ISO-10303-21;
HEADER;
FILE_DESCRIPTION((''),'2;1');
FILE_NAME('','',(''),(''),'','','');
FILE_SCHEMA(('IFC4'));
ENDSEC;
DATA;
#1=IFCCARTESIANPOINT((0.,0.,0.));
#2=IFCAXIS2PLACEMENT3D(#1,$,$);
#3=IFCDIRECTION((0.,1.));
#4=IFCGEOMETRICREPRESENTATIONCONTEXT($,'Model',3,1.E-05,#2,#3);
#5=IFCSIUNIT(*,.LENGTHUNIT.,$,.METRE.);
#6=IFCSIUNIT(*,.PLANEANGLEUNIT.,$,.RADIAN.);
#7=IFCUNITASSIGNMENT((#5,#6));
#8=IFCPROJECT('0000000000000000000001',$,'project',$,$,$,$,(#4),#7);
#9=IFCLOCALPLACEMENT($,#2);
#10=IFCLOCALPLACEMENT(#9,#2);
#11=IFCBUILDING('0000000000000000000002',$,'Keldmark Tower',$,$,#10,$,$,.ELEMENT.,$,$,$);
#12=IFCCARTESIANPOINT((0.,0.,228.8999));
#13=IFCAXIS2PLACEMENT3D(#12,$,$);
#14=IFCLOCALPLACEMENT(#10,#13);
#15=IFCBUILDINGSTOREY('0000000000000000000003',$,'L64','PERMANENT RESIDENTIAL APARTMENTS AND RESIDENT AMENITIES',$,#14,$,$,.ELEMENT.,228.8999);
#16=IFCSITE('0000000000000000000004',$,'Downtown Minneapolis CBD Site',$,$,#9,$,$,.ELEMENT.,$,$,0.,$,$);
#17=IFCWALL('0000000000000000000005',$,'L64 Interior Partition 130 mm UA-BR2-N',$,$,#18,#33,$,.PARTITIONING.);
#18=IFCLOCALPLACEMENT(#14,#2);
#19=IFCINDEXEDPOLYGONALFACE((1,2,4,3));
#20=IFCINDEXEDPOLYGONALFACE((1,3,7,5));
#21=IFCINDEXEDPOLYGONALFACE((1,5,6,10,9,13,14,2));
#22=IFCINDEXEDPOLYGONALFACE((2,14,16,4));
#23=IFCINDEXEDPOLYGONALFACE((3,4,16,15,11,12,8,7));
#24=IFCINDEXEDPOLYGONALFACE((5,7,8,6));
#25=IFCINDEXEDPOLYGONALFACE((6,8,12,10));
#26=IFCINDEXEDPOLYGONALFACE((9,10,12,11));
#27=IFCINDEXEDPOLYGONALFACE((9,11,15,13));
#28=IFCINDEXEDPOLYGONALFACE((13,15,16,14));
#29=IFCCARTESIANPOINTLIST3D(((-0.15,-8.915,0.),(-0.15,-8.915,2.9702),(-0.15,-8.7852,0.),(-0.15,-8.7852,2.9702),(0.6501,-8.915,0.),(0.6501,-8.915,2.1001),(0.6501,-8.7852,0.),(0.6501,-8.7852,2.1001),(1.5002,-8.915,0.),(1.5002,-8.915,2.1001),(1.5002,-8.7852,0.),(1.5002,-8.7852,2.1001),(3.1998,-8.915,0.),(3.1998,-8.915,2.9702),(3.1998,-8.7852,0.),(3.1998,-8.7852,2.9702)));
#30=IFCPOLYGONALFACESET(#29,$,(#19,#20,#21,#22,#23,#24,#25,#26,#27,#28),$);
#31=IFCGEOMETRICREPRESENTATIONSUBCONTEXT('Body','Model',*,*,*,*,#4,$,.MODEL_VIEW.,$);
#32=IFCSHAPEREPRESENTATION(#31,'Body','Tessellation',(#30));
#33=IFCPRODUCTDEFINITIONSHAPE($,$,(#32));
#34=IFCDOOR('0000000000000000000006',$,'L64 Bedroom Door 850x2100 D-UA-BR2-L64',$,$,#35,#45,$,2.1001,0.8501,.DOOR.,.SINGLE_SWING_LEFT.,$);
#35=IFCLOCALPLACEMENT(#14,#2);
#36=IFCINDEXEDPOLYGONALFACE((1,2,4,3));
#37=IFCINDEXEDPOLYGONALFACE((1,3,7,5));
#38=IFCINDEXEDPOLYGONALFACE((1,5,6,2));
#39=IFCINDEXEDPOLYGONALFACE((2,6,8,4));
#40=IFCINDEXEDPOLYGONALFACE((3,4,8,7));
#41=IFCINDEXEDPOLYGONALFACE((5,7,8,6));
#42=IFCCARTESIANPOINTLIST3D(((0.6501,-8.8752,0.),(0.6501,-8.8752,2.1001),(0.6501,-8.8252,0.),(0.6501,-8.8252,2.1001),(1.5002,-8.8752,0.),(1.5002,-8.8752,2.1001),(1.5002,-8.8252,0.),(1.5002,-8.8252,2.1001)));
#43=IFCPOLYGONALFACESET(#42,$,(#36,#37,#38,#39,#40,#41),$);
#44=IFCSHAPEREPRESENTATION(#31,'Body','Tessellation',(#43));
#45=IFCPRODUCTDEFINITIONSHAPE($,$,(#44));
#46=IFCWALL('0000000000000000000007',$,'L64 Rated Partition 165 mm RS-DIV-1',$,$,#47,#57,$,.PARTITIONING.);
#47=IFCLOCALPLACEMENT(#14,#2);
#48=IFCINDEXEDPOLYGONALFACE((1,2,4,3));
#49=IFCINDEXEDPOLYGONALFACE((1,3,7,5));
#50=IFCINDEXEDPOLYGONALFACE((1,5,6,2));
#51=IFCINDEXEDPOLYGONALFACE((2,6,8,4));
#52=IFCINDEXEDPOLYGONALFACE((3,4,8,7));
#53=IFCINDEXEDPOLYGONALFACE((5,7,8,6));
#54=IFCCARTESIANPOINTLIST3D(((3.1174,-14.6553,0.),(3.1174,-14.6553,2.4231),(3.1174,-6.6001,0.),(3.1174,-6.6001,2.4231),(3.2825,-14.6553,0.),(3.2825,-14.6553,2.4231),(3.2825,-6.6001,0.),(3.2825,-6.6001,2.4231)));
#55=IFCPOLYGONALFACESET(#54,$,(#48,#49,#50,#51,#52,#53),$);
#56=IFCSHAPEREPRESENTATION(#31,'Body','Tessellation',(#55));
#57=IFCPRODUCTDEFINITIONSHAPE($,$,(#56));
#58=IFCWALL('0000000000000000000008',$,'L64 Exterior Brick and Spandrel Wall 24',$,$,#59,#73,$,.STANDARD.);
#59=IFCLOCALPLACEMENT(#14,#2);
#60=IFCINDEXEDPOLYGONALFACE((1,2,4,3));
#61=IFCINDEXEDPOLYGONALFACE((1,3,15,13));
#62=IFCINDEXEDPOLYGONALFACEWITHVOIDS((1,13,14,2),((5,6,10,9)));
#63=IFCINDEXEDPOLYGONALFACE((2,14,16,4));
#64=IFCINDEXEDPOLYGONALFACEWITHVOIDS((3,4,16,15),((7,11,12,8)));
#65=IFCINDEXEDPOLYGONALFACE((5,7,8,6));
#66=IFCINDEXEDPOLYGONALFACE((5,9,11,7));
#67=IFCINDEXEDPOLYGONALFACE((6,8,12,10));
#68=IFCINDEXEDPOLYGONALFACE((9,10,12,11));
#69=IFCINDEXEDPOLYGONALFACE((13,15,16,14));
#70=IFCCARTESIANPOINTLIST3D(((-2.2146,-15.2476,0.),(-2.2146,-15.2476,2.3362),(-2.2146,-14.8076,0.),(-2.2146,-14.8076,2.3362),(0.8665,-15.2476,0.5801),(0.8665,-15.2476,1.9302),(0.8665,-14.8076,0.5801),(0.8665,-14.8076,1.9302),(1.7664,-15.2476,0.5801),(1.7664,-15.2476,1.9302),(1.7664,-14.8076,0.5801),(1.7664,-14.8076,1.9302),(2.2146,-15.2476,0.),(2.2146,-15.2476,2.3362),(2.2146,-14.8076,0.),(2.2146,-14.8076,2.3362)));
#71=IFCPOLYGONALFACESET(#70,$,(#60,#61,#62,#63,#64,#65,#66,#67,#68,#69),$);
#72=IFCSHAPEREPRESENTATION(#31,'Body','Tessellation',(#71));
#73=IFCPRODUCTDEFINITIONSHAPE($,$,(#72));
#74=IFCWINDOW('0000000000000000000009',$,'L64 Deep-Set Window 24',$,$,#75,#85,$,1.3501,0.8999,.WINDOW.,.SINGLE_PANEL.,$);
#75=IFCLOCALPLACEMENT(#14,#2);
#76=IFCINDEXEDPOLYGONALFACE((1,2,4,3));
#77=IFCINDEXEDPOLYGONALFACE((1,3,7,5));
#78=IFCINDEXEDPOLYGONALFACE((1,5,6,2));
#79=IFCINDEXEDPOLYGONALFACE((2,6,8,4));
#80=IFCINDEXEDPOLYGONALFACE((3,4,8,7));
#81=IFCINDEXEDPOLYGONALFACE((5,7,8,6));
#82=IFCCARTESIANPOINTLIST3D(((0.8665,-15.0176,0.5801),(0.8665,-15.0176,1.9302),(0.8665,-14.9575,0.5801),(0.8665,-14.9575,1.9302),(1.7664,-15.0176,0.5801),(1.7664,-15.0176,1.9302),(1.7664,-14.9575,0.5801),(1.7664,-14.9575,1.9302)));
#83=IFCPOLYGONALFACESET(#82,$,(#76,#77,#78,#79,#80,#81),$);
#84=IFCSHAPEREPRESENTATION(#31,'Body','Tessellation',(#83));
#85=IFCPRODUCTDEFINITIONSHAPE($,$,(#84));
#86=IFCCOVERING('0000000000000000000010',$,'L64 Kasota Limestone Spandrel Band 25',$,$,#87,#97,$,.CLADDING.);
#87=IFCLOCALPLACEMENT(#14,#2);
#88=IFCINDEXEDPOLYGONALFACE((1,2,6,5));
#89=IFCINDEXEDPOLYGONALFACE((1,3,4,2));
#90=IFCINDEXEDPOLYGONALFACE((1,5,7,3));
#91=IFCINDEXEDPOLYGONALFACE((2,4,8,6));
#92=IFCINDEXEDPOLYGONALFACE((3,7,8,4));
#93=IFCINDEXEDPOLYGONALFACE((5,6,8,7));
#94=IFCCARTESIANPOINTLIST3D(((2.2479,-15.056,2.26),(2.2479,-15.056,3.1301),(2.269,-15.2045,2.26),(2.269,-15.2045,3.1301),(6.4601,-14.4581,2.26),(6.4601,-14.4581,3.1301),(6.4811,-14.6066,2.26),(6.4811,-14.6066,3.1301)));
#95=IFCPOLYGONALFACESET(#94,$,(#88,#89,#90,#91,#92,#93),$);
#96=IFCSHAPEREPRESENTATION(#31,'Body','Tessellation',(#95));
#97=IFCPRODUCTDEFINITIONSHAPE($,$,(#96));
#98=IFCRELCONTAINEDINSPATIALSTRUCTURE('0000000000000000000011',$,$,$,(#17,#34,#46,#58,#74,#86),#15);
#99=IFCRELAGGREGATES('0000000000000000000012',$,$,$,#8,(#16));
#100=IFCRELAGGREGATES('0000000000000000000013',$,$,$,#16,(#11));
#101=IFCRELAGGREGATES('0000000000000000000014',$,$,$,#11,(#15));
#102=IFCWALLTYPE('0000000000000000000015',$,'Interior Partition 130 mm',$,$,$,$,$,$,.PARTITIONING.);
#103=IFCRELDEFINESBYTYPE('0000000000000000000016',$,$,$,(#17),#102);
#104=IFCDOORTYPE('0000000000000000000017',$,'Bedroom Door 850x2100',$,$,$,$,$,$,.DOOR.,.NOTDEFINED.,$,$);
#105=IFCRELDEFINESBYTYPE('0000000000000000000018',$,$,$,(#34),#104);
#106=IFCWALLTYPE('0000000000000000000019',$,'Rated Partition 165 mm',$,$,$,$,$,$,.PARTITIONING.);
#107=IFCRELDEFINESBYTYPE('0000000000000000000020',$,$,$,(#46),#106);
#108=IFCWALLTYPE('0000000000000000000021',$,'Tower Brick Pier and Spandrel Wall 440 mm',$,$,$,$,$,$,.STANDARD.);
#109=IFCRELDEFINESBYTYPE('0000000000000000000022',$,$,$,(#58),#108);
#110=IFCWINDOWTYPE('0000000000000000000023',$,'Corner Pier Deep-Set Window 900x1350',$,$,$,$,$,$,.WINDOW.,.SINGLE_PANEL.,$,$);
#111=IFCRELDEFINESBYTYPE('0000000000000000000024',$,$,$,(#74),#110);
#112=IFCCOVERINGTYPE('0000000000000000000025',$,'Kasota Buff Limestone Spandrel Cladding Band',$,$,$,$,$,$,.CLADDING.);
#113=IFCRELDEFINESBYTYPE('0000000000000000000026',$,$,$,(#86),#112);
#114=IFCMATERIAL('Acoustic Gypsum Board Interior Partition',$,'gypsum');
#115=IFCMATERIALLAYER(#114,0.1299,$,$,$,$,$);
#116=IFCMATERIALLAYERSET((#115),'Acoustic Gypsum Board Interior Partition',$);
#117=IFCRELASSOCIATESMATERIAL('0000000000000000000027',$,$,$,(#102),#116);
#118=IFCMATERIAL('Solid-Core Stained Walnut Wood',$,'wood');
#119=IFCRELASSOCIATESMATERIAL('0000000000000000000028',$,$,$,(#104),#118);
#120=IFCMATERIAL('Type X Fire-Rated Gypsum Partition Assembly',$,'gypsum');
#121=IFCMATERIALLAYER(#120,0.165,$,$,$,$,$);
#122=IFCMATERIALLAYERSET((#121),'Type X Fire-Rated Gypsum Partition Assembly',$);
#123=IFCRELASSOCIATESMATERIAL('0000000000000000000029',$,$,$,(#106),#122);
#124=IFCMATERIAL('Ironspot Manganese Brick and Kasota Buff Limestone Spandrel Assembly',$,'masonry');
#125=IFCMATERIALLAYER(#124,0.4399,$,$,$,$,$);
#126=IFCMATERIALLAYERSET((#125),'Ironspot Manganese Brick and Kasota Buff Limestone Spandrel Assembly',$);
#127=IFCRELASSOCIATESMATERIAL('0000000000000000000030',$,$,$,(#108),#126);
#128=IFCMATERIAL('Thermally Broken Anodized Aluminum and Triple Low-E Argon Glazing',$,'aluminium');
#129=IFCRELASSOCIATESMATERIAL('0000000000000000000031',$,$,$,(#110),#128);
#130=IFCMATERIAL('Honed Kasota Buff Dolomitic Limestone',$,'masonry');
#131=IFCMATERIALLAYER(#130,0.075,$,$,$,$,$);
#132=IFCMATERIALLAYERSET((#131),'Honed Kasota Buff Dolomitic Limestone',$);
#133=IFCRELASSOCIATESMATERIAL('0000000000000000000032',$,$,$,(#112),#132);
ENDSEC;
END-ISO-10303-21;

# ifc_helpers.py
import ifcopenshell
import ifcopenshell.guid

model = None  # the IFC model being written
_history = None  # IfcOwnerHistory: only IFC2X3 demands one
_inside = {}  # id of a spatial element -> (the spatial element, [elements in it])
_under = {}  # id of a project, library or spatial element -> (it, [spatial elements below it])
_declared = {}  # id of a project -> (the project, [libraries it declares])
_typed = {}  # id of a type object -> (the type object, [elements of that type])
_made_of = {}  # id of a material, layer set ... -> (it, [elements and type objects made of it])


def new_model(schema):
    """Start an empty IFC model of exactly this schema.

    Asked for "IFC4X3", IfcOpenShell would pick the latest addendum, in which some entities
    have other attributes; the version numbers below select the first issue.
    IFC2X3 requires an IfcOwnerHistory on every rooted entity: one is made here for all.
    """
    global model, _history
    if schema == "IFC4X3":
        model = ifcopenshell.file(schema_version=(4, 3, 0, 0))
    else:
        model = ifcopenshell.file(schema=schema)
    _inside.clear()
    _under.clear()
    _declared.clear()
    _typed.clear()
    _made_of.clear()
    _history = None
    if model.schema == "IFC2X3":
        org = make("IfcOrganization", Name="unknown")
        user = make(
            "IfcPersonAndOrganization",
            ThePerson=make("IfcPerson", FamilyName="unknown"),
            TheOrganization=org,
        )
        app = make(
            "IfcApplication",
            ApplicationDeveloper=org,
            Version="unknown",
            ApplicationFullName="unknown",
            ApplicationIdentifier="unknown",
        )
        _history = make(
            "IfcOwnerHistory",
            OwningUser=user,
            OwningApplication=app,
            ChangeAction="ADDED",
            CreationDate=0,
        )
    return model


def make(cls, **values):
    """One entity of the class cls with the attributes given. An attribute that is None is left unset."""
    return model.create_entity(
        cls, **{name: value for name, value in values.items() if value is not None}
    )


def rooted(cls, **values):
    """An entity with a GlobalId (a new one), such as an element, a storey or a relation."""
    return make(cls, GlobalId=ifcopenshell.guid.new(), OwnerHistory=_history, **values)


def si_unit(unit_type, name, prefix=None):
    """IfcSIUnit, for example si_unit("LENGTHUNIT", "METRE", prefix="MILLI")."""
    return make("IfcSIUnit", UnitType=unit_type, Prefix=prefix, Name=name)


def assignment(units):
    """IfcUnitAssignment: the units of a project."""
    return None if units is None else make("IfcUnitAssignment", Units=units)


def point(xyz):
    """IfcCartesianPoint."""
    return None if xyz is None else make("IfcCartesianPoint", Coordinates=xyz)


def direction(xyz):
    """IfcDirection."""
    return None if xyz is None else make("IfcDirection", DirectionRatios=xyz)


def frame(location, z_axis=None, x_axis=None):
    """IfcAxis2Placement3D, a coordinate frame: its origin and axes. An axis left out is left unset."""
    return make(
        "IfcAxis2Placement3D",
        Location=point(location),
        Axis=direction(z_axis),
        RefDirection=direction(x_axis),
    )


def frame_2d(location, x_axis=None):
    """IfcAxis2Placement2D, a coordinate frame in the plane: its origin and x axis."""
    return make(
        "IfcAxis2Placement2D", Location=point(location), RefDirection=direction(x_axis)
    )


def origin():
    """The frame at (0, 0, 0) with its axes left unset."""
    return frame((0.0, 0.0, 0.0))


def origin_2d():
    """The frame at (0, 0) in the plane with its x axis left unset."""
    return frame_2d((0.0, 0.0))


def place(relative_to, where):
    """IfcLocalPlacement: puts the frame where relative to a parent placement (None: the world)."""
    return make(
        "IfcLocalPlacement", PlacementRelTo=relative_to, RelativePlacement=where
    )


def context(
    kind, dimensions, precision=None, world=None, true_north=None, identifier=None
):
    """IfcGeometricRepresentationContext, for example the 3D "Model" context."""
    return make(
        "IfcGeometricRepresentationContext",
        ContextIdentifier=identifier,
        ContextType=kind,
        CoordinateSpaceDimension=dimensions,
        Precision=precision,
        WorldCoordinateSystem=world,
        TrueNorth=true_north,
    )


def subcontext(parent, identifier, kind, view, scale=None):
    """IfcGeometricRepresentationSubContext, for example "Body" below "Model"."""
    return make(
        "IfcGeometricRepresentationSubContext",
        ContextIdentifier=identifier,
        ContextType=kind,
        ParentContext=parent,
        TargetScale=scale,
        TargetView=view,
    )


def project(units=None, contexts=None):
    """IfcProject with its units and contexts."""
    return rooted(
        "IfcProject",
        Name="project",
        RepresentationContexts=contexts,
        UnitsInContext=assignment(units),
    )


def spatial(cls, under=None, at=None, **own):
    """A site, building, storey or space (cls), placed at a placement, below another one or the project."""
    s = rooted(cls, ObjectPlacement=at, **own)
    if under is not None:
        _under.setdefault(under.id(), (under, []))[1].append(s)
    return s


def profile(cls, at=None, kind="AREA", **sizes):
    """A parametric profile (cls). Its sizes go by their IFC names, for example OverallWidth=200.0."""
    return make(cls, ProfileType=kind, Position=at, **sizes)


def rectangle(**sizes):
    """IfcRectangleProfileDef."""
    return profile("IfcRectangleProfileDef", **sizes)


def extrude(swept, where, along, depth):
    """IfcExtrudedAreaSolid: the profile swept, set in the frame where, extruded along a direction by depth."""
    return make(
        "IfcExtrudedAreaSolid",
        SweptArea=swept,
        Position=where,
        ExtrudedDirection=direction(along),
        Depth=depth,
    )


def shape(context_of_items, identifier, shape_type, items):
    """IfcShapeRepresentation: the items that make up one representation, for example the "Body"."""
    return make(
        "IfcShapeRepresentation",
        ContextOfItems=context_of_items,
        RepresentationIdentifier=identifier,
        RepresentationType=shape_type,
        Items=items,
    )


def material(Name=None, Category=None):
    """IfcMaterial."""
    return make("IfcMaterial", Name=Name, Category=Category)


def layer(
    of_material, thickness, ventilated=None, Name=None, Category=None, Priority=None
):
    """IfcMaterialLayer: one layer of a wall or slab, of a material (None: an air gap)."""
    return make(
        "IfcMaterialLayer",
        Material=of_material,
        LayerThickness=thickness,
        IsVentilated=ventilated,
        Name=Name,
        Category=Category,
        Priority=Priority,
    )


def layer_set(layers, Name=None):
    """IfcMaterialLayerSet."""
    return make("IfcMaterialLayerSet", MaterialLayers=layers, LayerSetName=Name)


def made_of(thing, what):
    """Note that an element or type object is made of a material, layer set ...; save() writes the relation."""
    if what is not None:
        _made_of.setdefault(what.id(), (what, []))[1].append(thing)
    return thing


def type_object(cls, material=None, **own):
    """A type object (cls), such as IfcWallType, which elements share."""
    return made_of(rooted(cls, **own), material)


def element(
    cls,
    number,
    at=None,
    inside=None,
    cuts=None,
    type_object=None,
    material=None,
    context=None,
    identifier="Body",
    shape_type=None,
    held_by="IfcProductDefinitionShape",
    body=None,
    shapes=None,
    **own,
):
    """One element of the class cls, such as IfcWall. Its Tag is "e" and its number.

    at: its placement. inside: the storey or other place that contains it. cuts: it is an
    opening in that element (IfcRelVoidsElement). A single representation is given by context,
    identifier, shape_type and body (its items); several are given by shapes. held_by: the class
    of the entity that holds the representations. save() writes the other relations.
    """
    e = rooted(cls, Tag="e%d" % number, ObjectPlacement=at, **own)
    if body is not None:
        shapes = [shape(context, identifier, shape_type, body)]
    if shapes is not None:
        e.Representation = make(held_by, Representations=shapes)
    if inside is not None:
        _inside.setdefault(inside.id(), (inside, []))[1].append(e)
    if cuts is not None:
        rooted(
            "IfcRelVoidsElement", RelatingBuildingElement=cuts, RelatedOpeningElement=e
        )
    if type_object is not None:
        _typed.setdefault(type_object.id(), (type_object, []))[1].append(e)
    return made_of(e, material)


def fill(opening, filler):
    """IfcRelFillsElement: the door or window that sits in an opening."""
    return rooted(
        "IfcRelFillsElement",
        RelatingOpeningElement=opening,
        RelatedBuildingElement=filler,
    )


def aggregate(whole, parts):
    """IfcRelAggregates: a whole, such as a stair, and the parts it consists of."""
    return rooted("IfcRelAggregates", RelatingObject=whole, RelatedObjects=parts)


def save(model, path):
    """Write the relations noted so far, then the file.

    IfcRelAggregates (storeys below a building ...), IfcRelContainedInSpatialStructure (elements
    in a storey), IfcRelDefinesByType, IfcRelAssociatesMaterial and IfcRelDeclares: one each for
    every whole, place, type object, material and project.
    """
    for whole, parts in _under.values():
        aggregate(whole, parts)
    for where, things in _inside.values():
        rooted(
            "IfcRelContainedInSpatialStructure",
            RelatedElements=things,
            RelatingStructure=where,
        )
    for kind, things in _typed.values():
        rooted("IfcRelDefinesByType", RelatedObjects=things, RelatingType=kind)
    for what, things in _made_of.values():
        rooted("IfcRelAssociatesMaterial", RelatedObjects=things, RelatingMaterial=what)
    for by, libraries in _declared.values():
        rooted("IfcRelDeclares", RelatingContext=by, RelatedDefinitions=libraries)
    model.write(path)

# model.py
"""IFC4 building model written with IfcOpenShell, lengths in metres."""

from ifc_helpers import new_model, si_unit, direction, frame, frame_2d, origin, origin_2d, place, context, subcontext, project, spatial, rectangle, extrude, material, layer, layer_set, type_object, element, fill, save


model = new_model("IFC4")

# Units and contexts
model_context = context("Model", 3, precision=1e-05, world=origin(), true_north=direction((0.0, 1.0)))
body_context = subcontext(model_context, "Body", "Model", "MODEL_VIEW")
ifc_project = project(units=[si_unit("LENGTHUNIT", "METRE"), si_unit("PLANEANGLEUNIT", "RADIAN")], contexts=[model_context])

# Site, building, storey
site_placement = place(None, origin())
site = spatial("IfcSite", under=ifc_project, at=site_placement, Name="Downtown Minneapolis CBD Site", CompositionType="ELEMENT", RefElevation=0.0)
building_placement = place(site_placement, origin())
building = spatial("IfcBuilding", under=site, at=building_placement, Name="Keldmark Tower", CompositionType="ELEMENT")
storey_placement = place(building_placement, frame((0.0, 0.0, 228.8999)))
storey = spatial("IfcBuildingStorey", under=building, at=storey_placement, Name="L64", Description="PERMANENT RESIDENTIAL APARTMENTS AND RESIDENT AMENITIES", CompositionType="ELEMENT", Elevation=228.8999)

# Shared definitions
ifc_material_1 = material(Name="Acoustic Gypsum Board Interior Partition", Category="gypsum")
ifc_layer_1 = layer(ifc_material_1, 0.1299)
ifc_layer_set_1 = layer_set([ifc_layer_1], Name="Acoustic Gypsum Board Interior Partition")
wall_type_1 = type_object("IfcWallType", Name="Interior Partition 130 mm", PredefinedType="PARTITIONING", material=ifc_layer_set_1)

# Wall, opening, door
wall_1_placement = place(storey_placement, frame((-0.1499, -8.8501, 0.0), z_axis=(0.0, 0.0, 1.0), x_axis=(1.0, 0.0, 0.0)))
wall_1 = element("IfcWall", 1, at=wall_1_placement, inside=storey, type_object=wall_type_1, Name="L64 Interior Partition 130 mm UA-BR2-N", PredefinedType="PARTITIONING", context=body_context, shape_type="SweptSolid", body=[
    extrude(rectangle(XDim=3.3499, YDim=0.1299, at=frame_2d((1.6748, 0.0))), origin(), (0.0, 0.0, 1.0), 2.9702),
])
opening_1_placement = place(wall_1_placement, frame((0.8, 0.0, 0.0)))
opening_1 = element("IfcOpeningElement", 2, at=opening_1_placement, cuts=wall_1, PredefinedType="OPENING", context=body_context, shape_type="SweptSolid", body=[
    extrude(rectangle(XDim=0.8501, YDim=2.1001, at=frame_2d((0.425, 1.05))), frame((0.0, 0.075, 0.0), z_axis=(0.0, -1.0, 0.0), x_axis=(1.0, 0.0, 0.0)), (0.0, 0.0, 1.0), 0.1499),
])
ifc_material_2 = material(Name="Solid-Core Stained Walnut Wood", Category="wood")
door_type = type_object("IfcDoorType", Name="Bedroom Door 850x2100", OperationType="NOTDEFINED", PredefinedType="DOOR", material=ifc_material_2)
door_placement = place(opening_1_placement, origin())
door = element("IfcDoor", 3, at=door_placement, inside=storey, type_object=door_type, Name="L64 Bedroom Door 850x2100 D-UA-BR2-L64", OperationType="SINGLE_SWING_LEFT", OverallHeight=2.1001, OverallWidth=0.8501, PredefinedType="DOOR", context=body_context, shape_type="SweptSolid", body=[
    extrude(rectangle(XDim=0.8501, YDim=2.1001, at=frame_2d((0.425, 1.05))), frame((0.0, 0.0249, 0.0), z_axis=(0.0, -1.0, 0.0), x_axis=(1.0, 0.0, 0.0)), (0.0, 0.0, 1.0), 0.05),
])
fill(opening_1, door)

# Wall
ifc_material_3 = material(Name="Type X Fire-Rated Gypsum Partition Assembly", Category="gypsum")
ifc_layer_2 = layer(ifc_material_3, 0.165)
ifc_layer_set_2 = layer_set([ifc_layer_2], Name="Type X Fire-Rated Gypsum Partition Assembly")
wall_type_2 = type_object("IfcWallType", Name="Rated Partition 165 mm", PredefinedType="PARTITIONING", material=ifc_layer_set_2)
wall_2_placement = place(storey_placement, frame((3.2, -14.6553, 0.0), z_axis=(0.0, 0.0, 1.0), x_axis=(0.0, 1.0, 0.0)))
element("IfcWall", 4, at=wall_2_placement, inside=storey, type_object=wall_type_2, Name="L64 Rated Partition 165 mm RS-DIV-1", PredefinedType="PARTITIONING", context=body_context, shape_type="SweptSolid", body=[
    extrude(rectangle(XDim=8.0552, YDim=0.165, at=frame_2d((4.0276, 0.0))), origin(), (0.0, 0.0, 1.0), 2.4231),
])

# Wall, opening, window
ifc_material_4 = material(Name="Ironspot Manganese Brick and Kasota Buff Limestone Spandrel Assembly", Category="masonry")
ifc_layer_3 = layer(ifc_material_4, 0.4399)
ifc_layer_set_3 = layer_set([ifc_layer_3], Name="Ironspot Manganese Brick and Kasota Buff Limestone Spandrel Assembly")
wall_type_3 = type_object("IfcWallType", Name="Tower Brick Pier and Spandrel Wall 440 mm", PredefinedType="STANDARD", material=ifc_layer_set_3)
wall_3_placement = place(storey_placement, frame((2.2146, -15.0276, 0.0), z_axis=(0.0, 0.0, 1.0), x_axis=(-1.0, 0.0, 0.0)))
wall_3 = element("IfcWall", 5, at=wall_3_placement, inside=storey, type_object=wall_type_3, Name="L64 Exterior Brick and Spandrel Wall 24", PredefinedType="STANDARD", context=body_context, shape_type="SweptSolid", body=[
    extrude(rectangle(XDim=4.4292, YDim=0.4399, at=frame_2d((2.2146, 0.0))), origin(), (0.0, 0.0, 1.0), 2.3362),
])
opening_2_placement = place(wall_3_placement, frame((0.4482, 0.0, 0.5801)))
opening_2 = element("IfcOpeningElement", 6, at=opening_2_placement, cuts=wall_3, PredefinedType="OPENING", context=body_context, shape_type="SweptSolid", body=[
    extrude(rectangle(XDim=0.8999, YDim=1.3501, at=frame_2d((0.45, 0.675))), frame((0.0, 0.23, 0.0), z_axis=(0.0, -1.0, 0.0), x_axis=(1.0, 0.0, 0.0)), (0.0, 0.0, 1.0), 0.46),
])
ifc_material_5 = material(Name="Thermally Broken Anodized Aluminum and Triple Low-E Argon Glazing", Category="aluminium")
window_type = type_object("IfcWindowType", Name="Corner Pier Deep-Set Window 900x1350", PartitioningType="SINGLE_PANEL", PredefinedType="WINDOW", material=ifc_material_5)
window_placement = place(opening_2_placement, origin())
window = element("IfcWindow", 7, at=window_placement, inside=storey, type_object=window_type, Name="L64 Deep-Set Window 24", OverallHeight=1.3501, OverallWidth=0.8999, PartitioningType="SINGLE_PANEL", PredefinedType="WINDOW", context=body_context, shape_type="SweptSolid", body=[
    extrude(rectangle(XDim=0.8999, YDim=1.3501, at=frame_2d((0.45, 0.675))), frame((0.0, -0.01, 0.0), z_axis=(0.0, -1.0, 0.0), x_axis=(1.0, 0.0, 0.0)), (0.0, 0.0, 1.0), 0.0601),
])
fill(opening_2, window)

# Covering
ifc_material_6 = material(Name="Honed Kasota Buff Dolomitic Limestone", Category="masonry")
ifc_layer_4 = layer(ifc_material_6, 0.075)
ifc_layer_set_4 = layer_set([ifc_layer_4], Name="Honed Kasota Buff Dolomitic Limestone")
covering_type = type_object("IfcCoveringType", Name="Kasota Buff Limestone Spandrel Cladding Band", PredefinedType="CLADDING", material=ifc_layer_set_4)
covering_placement = place(storey_placement, frame((4.3645, -14.8313, 2.26), z_axis=(0.0, 0.0, 1.0), x_axis=(0.990075, 0.140538, 0.0)))
element("IfcCovering", 8, at=covering_placement, inside=storey, type_object=covering_type, Name="L64 Kasota Limestone Spandrel Band 25", PredefinedType="CLADDING", context=body_context, shape_type="SweptSolid", body=[
    extrude(rectangle(XDim=4.2544, YDim=0.1499, at=origin_2d()), origin(), (0.0, 0.0, 1.0), 0.8701),
])

save(model, "model.ifc")
